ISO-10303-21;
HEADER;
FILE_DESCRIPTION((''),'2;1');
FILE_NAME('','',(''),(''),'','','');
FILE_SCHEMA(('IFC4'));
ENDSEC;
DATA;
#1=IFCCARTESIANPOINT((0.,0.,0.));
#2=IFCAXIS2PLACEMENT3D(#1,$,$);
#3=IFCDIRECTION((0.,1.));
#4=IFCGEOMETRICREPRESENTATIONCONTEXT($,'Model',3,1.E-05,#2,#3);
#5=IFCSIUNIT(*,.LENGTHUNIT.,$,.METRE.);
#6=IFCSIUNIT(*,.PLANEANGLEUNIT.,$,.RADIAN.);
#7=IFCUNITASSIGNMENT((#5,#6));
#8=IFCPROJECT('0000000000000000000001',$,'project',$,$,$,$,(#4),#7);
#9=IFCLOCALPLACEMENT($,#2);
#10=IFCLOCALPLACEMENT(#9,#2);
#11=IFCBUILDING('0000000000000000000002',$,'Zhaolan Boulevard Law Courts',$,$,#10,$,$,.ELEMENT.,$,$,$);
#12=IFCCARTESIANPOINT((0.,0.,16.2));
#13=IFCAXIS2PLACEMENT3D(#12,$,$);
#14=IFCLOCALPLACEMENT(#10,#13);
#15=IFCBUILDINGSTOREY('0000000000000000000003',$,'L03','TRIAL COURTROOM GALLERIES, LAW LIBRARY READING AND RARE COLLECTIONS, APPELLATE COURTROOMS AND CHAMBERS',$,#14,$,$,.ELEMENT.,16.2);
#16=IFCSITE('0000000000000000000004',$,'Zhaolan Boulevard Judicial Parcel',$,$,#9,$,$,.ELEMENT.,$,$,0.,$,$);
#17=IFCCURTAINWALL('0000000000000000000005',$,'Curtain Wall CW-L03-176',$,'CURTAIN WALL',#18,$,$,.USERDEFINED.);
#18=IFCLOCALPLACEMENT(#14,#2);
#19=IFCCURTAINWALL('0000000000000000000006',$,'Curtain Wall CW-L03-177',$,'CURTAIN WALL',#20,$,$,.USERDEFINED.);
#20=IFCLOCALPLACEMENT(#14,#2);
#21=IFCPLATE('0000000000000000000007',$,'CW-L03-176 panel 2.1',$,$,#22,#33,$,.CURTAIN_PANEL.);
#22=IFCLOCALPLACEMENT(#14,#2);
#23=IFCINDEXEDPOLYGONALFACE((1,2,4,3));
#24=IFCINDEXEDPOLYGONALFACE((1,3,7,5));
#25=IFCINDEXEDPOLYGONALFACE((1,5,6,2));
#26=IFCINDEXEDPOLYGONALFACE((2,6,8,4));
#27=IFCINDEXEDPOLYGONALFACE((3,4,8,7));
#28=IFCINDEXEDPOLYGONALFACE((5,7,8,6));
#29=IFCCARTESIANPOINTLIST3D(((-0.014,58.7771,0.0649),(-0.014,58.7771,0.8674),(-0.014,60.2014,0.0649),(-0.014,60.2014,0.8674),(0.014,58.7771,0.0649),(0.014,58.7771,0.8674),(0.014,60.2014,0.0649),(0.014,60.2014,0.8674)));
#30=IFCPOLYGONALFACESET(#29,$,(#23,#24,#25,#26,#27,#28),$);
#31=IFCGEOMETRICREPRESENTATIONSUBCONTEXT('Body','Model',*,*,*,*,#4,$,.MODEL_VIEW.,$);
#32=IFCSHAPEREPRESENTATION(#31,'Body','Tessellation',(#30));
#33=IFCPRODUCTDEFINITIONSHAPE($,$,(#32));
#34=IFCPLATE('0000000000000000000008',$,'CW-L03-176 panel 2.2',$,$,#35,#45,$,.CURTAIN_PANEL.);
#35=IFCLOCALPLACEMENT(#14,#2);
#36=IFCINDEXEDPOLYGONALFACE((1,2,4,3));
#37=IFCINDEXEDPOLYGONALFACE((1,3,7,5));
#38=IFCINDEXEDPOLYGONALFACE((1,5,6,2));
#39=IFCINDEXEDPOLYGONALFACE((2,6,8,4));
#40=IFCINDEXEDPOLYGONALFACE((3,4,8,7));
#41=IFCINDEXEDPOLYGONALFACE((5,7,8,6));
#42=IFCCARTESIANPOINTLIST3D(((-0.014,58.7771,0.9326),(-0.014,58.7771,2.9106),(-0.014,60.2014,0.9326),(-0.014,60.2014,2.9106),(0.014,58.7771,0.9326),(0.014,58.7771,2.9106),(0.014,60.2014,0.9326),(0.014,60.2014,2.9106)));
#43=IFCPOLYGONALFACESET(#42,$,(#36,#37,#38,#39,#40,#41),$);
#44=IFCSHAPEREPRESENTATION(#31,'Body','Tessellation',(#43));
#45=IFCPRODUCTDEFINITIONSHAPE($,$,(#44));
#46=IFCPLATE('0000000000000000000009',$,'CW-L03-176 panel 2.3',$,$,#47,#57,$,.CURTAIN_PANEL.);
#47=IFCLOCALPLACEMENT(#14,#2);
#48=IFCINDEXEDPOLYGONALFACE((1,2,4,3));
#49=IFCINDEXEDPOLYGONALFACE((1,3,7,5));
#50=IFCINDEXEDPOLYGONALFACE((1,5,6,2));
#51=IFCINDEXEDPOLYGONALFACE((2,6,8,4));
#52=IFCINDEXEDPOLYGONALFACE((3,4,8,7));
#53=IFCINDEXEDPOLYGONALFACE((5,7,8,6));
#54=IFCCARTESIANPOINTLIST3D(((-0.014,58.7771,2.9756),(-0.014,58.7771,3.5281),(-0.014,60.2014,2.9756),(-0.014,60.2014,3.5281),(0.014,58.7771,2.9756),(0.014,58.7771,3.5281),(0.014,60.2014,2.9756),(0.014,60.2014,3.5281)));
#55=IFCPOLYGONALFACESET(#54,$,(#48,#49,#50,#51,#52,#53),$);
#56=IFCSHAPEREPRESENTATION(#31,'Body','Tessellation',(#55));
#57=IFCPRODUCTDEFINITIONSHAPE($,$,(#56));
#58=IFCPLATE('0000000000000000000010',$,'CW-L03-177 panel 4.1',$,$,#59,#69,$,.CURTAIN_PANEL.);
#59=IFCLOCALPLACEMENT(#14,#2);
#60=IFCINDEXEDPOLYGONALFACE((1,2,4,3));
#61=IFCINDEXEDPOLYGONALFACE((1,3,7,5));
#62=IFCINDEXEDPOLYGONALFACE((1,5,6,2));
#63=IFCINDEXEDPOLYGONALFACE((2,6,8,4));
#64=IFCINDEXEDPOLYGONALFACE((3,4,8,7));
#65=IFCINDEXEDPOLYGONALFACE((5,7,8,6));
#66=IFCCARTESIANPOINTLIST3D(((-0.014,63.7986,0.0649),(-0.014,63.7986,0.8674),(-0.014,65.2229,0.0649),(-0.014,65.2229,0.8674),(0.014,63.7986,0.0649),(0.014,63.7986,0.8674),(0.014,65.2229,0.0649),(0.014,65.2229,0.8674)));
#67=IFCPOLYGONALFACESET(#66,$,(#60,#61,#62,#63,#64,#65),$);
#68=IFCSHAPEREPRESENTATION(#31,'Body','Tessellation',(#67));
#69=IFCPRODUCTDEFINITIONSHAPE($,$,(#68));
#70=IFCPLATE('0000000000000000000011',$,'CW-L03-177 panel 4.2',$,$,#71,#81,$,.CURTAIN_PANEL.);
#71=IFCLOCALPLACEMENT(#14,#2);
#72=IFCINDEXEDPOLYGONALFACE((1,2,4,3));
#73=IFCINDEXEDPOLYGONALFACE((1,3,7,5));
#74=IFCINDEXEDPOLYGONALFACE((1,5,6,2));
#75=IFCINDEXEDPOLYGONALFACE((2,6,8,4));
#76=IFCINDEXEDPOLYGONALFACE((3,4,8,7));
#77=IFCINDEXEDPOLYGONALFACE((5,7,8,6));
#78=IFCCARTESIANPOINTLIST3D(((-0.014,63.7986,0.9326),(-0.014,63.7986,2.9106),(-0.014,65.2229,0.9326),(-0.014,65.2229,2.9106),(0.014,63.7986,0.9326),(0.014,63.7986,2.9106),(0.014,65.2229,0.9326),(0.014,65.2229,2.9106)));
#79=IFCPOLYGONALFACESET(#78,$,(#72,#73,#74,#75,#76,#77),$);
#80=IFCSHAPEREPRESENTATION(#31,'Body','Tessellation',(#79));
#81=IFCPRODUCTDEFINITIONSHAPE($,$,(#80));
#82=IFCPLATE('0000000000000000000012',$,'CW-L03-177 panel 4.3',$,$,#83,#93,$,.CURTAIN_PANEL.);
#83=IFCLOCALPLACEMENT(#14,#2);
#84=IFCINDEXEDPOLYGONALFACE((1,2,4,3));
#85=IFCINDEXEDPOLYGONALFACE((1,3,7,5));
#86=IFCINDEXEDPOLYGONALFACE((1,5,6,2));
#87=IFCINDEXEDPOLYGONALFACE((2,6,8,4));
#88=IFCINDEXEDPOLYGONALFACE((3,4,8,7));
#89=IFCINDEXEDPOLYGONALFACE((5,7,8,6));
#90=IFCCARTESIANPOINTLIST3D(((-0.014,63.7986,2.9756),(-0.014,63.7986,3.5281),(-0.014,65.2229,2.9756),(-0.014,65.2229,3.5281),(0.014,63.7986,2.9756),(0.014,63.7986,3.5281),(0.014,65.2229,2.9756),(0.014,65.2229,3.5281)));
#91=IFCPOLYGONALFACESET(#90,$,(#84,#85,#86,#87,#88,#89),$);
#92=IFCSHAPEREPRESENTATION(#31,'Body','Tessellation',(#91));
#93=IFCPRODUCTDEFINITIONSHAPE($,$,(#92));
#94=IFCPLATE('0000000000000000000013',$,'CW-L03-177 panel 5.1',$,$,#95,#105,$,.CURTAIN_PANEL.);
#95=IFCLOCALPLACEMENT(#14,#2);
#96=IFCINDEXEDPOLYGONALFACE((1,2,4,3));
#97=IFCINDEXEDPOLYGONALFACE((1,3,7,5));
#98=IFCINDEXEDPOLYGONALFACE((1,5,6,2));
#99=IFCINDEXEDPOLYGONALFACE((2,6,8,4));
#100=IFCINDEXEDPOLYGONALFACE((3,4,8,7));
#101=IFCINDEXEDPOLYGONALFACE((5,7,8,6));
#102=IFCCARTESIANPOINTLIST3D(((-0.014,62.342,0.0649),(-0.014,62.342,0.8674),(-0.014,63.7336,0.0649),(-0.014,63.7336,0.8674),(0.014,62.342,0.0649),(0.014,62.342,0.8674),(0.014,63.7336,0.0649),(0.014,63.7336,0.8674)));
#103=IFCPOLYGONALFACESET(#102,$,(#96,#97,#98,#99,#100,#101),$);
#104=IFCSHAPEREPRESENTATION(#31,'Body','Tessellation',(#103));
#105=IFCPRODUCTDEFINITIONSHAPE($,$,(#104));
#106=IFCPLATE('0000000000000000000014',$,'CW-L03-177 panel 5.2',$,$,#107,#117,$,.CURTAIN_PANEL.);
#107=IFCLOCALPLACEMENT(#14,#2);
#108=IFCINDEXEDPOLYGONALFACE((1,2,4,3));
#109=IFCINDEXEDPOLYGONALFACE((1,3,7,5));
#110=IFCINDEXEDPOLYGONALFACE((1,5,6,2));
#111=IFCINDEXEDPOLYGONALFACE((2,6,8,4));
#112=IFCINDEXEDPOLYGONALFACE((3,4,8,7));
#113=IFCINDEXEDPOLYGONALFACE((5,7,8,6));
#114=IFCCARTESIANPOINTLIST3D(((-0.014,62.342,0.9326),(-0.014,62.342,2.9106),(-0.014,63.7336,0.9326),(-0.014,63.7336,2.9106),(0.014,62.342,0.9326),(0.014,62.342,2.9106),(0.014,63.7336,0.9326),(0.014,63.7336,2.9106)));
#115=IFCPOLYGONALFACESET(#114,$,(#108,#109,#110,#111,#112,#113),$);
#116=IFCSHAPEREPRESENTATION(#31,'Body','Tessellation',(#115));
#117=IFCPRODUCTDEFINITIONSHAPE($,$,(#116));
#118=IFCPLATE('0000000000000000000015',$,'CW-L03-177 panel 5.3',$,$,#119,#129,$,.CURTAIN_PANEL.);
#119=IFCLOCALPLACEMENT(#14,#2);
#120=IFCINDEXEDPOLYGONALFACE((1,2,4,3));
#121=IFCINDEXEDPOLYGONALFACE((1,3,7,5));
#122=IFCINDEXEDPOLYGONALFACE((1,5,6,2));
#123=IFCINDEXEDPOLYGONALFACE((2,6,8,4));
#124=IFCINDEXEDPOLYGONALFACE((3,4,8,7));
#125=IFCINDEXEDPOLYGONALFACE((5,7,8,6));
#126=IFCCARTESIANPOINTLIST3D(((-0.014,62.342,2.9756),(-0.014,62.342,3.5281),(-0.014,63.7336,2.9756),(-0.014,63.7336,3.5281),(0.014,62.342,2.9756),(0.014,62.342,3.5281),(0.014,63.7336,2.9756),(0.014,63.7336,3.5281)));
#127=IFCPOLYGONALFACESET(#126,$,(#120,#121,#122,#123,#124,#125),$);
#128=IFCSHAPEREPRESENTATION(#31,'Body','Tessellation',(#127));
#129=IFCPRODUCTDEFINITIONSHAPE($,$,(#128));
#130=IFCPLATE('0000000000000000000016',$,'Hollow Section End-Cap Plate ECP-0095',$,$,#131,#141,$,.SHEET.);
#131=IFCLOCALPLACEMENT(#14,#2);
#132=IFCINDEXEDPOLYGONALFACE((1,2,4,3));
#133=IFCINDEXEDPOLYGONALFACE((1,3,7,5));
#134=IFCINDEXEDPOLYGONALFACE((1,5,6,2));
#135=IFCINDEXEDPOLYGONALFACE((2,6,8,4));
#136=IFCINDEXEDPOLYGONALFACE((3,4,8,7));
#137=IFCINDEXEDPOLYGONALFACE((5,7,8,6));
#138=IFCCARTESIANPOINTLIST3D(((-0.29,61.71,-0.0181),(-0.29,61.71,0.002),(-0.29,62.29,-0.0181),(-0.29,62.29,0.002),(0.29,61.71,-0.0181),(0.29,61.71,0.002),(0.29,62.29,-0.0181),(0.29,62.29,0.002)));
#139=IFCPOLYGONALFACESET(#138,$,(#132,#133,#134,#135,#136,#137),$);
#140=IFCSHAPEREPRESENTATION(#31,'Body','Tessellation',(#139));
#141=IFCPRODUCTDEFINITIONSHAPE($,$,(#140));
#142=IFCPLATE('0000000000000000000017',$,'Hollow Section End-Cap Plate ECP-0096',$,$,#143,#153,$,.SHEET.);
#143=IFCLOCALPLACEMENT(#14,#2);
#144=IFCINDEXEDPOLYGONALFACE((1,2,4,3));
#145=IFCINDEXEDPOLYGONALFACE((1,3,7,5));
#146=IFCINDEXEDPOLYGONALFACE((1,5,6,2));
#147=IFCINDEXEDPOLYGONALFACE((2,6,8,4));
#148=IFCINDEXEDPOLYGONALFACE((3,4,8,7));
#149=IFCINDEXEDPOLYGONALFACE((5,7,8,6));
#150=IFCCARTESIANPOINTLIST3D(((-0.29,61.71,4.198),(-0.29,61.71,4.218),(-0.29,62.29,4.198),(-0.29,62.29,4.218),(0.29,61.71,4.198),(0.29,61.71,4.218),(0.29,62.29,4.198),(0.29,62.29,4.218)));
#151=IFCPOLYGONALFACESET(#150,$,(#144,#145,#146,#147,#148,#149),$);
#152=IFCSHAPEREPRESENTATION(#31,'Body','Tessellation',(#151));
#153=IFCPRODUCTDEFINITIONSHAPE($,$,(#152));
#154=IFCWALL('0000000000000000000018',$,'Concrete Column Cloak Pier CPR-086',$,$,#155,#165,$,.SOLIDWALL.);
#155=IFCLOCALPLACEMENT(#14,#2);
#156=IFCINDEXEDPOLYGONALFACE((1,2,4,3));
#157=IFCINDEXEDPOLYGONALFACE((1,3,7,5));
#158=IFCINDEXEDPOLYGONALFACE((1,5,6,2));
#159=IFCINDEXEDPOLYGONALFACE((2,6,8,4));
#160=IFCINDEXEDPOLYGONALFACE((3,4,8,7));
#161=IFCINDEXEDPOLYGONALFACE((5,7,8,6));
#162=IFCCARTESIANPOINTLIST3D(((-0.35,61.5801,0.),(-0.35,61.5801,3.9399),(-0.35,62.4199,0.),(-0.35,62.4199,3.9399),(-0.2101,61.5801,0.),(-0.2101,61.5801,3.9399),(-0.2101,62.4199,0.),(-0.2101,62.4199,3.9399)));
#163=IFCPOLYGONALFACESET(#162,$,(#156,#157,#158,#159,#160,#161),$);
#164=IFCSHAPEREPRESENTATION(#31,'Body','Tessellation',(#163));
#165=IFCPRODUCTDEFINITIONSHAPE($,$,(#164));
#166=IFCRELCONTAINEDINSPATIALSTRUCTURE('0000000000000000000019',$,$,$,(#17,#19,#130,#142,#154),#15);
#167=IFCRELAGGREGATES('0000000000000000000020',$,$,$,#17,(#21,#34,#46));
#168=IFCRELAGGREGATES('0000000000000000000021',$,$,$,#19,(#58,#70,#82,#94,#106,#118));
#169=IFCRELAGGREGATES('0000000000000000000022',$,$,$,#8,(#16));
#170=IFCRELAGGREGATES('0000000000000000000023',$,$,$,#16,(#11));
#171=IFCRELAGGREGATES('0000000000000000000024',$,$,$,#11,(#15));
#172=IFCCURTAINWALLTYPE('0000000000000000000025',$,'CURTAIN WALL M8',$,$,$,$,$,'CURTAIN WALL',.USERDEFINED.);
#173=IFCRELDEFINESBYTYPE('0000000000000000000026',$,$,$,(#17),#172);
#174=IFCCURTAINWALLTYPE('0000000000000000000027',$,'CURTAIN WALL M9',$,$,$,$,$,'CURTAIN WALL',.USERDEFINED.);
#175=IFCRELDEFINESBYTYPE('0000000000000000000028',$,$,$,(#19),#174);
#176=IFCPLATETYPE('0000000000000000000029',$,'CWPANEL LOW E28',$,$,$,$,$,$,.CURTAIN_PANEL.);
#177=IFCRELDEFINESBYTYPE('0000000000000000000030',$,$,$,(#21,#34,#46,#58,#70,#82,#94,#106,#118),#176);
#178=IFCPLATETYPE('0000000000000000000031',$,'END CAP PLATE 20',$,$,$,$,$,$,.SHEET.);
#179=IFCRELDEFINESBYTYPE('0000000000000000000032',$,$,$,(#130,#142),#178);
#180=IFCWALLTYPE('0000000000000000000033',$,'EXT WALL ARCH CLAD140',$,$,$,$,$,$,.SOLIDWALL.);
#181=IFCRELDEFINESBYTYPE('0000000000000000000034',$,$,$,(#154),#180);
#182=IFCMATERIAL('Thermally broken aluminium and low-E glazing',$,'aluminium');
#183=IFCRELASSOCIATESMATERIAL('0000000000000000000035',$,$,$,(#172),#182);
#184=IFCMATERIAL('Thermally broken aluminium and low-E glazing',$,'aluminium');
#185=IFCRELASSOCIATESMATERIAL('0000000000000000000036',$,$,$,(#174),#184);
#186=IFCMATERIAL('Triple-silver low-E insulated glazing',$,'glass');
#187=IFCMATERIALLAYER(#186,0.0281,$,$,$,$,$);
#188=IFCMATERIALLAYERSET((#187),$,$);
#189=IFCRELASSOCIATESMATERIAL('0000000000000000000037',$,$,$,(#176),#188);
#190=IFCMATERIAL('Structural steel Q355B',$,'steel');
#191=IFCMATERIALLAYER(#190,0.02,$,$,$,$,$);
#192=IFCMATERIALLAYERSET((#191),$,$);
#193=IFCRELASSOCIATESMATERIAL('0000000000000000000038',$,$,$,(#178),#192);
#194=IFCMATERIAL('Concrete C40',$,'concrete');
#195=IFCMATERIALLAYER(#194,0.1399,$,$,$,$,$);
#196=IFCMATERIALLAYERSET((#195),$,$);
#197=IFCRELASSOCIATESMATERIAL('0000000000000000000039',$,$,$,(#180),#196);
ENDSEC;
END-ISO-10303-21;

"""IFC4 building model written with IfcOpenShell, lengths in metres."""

from ifc_helpers import new_model, si_unit, direction, frame, frame_2d, origin, origin_2d, place, context, subcontext, project, spatial, rectangle, extrude, material, layer, layer_set, type_object, element, aggregate, save


model = new_model("IFC4")

# Units and contexts
model_context = context("Model", 3, precision=1e-05, world=origin(), true_north=direction((0.0, 1.0)))
body_context = subcontext(model_context, "Body", "Model", "MODEL_VIEW")
ifc_project = project(units=[si_unit("LENGTHUNIT", "METRE"), si_unit("PLANEANGLEUNIT", "RADIAN")], contexts=[model_context])

# Site, building, storey
site_placement = place(None, origin())
site = spatial("IfcSite", under=ifc_project, at=site_placement, Name="Zhaolan Boulevard Judicial Parcel", CompositionType="ELEMENT", RefElevation=0.0)
building_placement = place(site_placement, origin())
building = spatial("IfcBuilding", under=site, at=building_placement, Name="Zhaolan Boulevard Law Courts", CompositionType="ELEMENT")
storey_placement = place(building_placement, frame((0.0, 0.0, 16.2)))
storey = spatial("IfcBuildingStorey", under=building, at=storey_placement, Name="L03", Description="TRIAL COURTROOM GALLERIES, LAW LIBRARY READING AND RARE COLLECTIONS, APPELLATE COURTROOMS AND CHAMBERS", CompositionType="ELEMENT", Elevation=16.2)

# Curtain walls
ifc_material_1 = material(Name="Thermally broken aluminium and low-E glazing", Category="aluminium")
curtain_wall_type_1 = type_object("IfcCurtainWallType", Name="CURTAIN WALL M8", ElementType="CURTAIN WALL", PredefinedType="USERDEFINED", material=ifc_material_1)
curtain_wall_1_placement = place(storey_placement, origin())
curtain_wall_1 = element("IfcCurtainWall", 1, at=curtain_wall_1_placement, inside=storey, type_object=curtain_wall_type_1, Name="Curtain Wall CW-L03-176", ObjectType="CURTAIN WALL", PredefinedType="USERDEFINED")
ifc_material_2 = material(Name="Thermally broken aluminium and low-E glazing", Category="aluminium")
curtain_wall_type_2 = type_object("IfcCurtainWallType", Name="CURTAIN WALL M9", ElementType="CURTAIN WALL", PredefinedType="USERDEFINED", material=ifc_material_2)
curtain_wall_2_placement = place(storey_placement, origin())
curtain_wall_2 = element("IfcCurtainWall", 2, at=curtain_wall_2_placement, inside=storey, type_object=curtain_wall_type_2, Name="Curtain Wall CW-L03-177", ObjectType="CURTAIN WALL", PredefinedType="USERDEFINED")

# Plates
ifc_material_3 = material(Name="Triple-silver low-E insulated glazing", Category="glass")
ifc_layer_1 = layer(ifc_material_3, 0.0281)
ifc_layer_set_1 = layer_set([ifc_layer_1])
plate_type_1 = type_object("IfcPlateType", Name="CWPANEL LOW E28", PredefinedType="CURTAIN_PANEL", material=ifc_layer_set_1)
plate_1_placement = place(storey_placement, frame((0.0, 59.4893, 0.0649), z_axis=(0.0, 0.0, 1.0), x_axis=(0.0, -1.0, 0.0)))
plate_1 = element("IfcPlate", 3, at=plate_1_placement, type_object=plate_type_1, Name="CW-L03-176 panel 2.1", PredefinedType="CURTAIN_PANEL", context=body_context, shape_type="SweptSolid", body=[
    extrude(rectangle(XDim=1.4243, YDim=0.0281, at=origin_2d()), origin(), (0.0, 0.0, 1.0), 0.8025),
])
plate_2_placement = place(storey_placement, frame((0.0, 59.4893, 0.9326), z_axis=(0.0, 0.0, 1.0), x_axis=(0.0, -1.0, 0.0)))
plate_2 = element("IfcPlate", 4, at=plate_2_placement, type_object=plate_type_1, Name="CW-L03-176 panel 2.2", PredefinedType="CURTAIN_PANEL", context=body_context, shape_type="SweptSolid", body=[
    extrude(rectangle(XDim=1.4243, YDim=0.0281, at=origin_2d()), origin(), (0.0, 0.0, 1.0), 1.978),
])
plate_3_placement = place(storey_placement, frame((0.0, 59.4893, 2.9756), z_axis=(0.0, 0.0, 1.0), x_axis=(0.0, -1.0, 0.0)))
plate_3 = element("IfcPlate", 5, at=plate_3_placement, type_object=plate_type_1, Name="CW-L03-176 panel 2.3", PredefinedType="CURTAIN_PANEL", context=body_context, shape_type="SweptSolid", body=[
    extrude(rectangle(XDim=1.4243, YDim=0.0281, at=origin_2d()), origin(), (0.0, 0.0, 1.0), 0.5525),
])
aggregate(curtain_wall_1, [plate_1, plate_2, plate_3])
plate_4_placement = place(storey_placement, frame((0.0, 64.5107, 0.0649), z_axis=(0.0, 0.0, 1.0), x_axis=(0.0, -1.0, 0.0)))
plate_4 = element("IfcPlate", 6, at=plate_4_placement, type_object=plate_type_1, Name="CW-L03-177 panel 4.1", PredefinedType="CURTAIN_PANEL", context=body_context, shape_type="SweptSolid", body=[
    extrude(rectangle(XDim=1.4243, YDim=0.0281, at=origin_2d()), origin(), (0.0, 0.0, 1.0), 0.8025),
])
plate_5_placement = place(storey_placement, frame((0.0, 64.5107, 0.9326), z_axis=(0.0, 0.0, 1.0), x_axis=(0.0, -1.0, 0.0)))
plate_5 = element("IfcPlate", 7, at=plate_5_placement, type_object=plate_type_1, Name="CW-L03-177 panel 4.2", PredefinedType="CURTAIN_PANEL", context=body_context, shape_type="SweptSolid", body=[
    extrude(rectangle(XDim=1.4243, YDim=0.0281, at=origin_2d()), origin(), (0.0, 0.0, 1.0), 1.978),
])
plate_6_placement = place(storey_placement, frame((0.0, 64.5107, 2.9756), z_axis=(0.0, 0.0, 1.0), x_axis=(0.0, -1.0, 0.0)))
plate_6 = element("IfcPlate", 8, at=plate_6_placement, type_object=plate_type_1, Name="CW-L03-177 panel 4.3", PredefinedType="CURTAIN_PANEL", context=body_context, shape_type="SweptSolid", body=[
    extrude(rectangle(XDim=1.4243, YDim=0.0281, at=origin_2d()), origin(), (0.0, 0.0, 1.0), 0.5525),
])
plate_7_placement = place(storey_placement, frame((0.0, 63.0378, 0.0649), z_axis=(0.0, 0.0, 1.0), x_axis=(0.0, -1.0, 0.0)))
plate_7 = element("IfcPlate", 9, at=plate_7_placement, type_object=plate_type_1, Name="CW-L03-177 panel 5.1", PredefinedType="CURTAIN_PANEL", context=body_context, shape_type="SweptSolid", body=[
    extrude(rectangle(XDim=1.3916, YDim=0.0281, at=origin_2d()), origin(), (0.0, 0.0, 1.0), 0.8025),
])
plate_8_placement = place(storey_placement, frame((0.0, 63.0378, 0.9326), z_axis=(0.0, 0.0, 1.0), x_axis=(0.0, -1.0, 0.0)))
plate_8 = element("IfcPlate", 10, at=plate_8_placement, type_object=plate_type_1, Name="CW-L03-177 panel 5.2", PredefinedType="CURTAIN_PANEL", context=body_context, shape_type="SweptSolid", body=[
    extrude(rectangle(XDim=1.3916, YDim=0.0281, at=origin_2d()), origin(), (0.0, 0.0, 1.0), 1.978),
])
plate_9_placement = place(storey_placement, frame((0.0, 63.0378, 2.9756), z_axis=(0.0, 0.0, 1.0), x_axis=(0.0, -1.0, 0.0)))
plate_9 = element("IfcPlate", 11, at=plate_9_placement, type_object=plate_type_1, Name="CW-L03-177 panel 5.3", PredefinedType="CURTAIN_PANEL", context=body_context, shape_type="SweptSolid", body=[
    extrude(rectangle(XDim=1.3916, YDim=0.0281, at=origin_2d()), origin(), (0.0, 0.0, 1.0), 0.5525),
])
aggregate(curtain_wall_2, [plate_4, plate_5, plate_6, plate_7, plate_8, plate_9])

# Plates
ifc_material_4 = material(Name="Structural steel Q355B", Category="steel")
ifc_layer_2 = layer(ifc_material_4, 0.02)
ifc_layer_set_2 = layer_set([ifc_layer_2])
plate_type_2 = type_object("IfcPlateType", Name="END CAP PLATE 20", PredefinedType="SHEET", material=ifc_layer_set_2)
for number, where, z_axis, x_axis, name in (
    (12, (0.0, 62.0, -0.0181), (0.0, 0.0, 1.0), (1.0, 0.0, 0.0), "Hollow Section End-Cap Plate ECP-0095"),
    (13, (0.0, 62.0, 4.198), (0.0, 0.0, 1.0), (1.0, 0.0, 0.0), "Hollow Section End-Cap Plate ECP-0096"),
):
    element("IfcPlate", number, at=place(storey_placement, frame(where, z_axis=z_axis, x_axis=x_axis)), inside=storey, type_object=plate_type_2, Name=name, PredefinedType="SHEET", context=body_context, shape_type="SweptSolid", body=[
        extrude(rectangle(XDim=0.5801, YDim=0.5801, at=origin_2d()), origin(), (0.0, 0.0, 1.0), 0.02),
    ])

# Wall
ifc_material_5 = material(Name="Concrete C40", Category="concrete")
ifc_layer_3 = layer(ifc_material_5, 0.1399)
ifc_layer_set_3 = layer_set([ifc_layer_3])
wall_type = type_object("IfcWallType", Name="EXT WALL ARCH CLAD140", PredefinedType="SOLIDWALL", material=ifc_layer_set_3)
wall_placement = place(storey_placement, frame((-0.28, 61.5801, 0.0), z_axis=(0.0, 0.0, 1.0), x_axis=(0.0, 1.0, 0.0)))
element("IfcWall", 14, at=wall_placement, inside=storey, type_object=wall_type, Name="Concrete Column Cloak Pier CPR-086", PredefinedType="SOLIDWALL", context=body_context, shape_type="SweptSolid", body=[
    extrude(rectangle(XDim=0.8398, YDim=0.1399, at=frame_2d((0.4199, 0.0))), origin(), (0.0, 0.0, 1.0), 3.9399),
])

save(model, "model.ifc")
